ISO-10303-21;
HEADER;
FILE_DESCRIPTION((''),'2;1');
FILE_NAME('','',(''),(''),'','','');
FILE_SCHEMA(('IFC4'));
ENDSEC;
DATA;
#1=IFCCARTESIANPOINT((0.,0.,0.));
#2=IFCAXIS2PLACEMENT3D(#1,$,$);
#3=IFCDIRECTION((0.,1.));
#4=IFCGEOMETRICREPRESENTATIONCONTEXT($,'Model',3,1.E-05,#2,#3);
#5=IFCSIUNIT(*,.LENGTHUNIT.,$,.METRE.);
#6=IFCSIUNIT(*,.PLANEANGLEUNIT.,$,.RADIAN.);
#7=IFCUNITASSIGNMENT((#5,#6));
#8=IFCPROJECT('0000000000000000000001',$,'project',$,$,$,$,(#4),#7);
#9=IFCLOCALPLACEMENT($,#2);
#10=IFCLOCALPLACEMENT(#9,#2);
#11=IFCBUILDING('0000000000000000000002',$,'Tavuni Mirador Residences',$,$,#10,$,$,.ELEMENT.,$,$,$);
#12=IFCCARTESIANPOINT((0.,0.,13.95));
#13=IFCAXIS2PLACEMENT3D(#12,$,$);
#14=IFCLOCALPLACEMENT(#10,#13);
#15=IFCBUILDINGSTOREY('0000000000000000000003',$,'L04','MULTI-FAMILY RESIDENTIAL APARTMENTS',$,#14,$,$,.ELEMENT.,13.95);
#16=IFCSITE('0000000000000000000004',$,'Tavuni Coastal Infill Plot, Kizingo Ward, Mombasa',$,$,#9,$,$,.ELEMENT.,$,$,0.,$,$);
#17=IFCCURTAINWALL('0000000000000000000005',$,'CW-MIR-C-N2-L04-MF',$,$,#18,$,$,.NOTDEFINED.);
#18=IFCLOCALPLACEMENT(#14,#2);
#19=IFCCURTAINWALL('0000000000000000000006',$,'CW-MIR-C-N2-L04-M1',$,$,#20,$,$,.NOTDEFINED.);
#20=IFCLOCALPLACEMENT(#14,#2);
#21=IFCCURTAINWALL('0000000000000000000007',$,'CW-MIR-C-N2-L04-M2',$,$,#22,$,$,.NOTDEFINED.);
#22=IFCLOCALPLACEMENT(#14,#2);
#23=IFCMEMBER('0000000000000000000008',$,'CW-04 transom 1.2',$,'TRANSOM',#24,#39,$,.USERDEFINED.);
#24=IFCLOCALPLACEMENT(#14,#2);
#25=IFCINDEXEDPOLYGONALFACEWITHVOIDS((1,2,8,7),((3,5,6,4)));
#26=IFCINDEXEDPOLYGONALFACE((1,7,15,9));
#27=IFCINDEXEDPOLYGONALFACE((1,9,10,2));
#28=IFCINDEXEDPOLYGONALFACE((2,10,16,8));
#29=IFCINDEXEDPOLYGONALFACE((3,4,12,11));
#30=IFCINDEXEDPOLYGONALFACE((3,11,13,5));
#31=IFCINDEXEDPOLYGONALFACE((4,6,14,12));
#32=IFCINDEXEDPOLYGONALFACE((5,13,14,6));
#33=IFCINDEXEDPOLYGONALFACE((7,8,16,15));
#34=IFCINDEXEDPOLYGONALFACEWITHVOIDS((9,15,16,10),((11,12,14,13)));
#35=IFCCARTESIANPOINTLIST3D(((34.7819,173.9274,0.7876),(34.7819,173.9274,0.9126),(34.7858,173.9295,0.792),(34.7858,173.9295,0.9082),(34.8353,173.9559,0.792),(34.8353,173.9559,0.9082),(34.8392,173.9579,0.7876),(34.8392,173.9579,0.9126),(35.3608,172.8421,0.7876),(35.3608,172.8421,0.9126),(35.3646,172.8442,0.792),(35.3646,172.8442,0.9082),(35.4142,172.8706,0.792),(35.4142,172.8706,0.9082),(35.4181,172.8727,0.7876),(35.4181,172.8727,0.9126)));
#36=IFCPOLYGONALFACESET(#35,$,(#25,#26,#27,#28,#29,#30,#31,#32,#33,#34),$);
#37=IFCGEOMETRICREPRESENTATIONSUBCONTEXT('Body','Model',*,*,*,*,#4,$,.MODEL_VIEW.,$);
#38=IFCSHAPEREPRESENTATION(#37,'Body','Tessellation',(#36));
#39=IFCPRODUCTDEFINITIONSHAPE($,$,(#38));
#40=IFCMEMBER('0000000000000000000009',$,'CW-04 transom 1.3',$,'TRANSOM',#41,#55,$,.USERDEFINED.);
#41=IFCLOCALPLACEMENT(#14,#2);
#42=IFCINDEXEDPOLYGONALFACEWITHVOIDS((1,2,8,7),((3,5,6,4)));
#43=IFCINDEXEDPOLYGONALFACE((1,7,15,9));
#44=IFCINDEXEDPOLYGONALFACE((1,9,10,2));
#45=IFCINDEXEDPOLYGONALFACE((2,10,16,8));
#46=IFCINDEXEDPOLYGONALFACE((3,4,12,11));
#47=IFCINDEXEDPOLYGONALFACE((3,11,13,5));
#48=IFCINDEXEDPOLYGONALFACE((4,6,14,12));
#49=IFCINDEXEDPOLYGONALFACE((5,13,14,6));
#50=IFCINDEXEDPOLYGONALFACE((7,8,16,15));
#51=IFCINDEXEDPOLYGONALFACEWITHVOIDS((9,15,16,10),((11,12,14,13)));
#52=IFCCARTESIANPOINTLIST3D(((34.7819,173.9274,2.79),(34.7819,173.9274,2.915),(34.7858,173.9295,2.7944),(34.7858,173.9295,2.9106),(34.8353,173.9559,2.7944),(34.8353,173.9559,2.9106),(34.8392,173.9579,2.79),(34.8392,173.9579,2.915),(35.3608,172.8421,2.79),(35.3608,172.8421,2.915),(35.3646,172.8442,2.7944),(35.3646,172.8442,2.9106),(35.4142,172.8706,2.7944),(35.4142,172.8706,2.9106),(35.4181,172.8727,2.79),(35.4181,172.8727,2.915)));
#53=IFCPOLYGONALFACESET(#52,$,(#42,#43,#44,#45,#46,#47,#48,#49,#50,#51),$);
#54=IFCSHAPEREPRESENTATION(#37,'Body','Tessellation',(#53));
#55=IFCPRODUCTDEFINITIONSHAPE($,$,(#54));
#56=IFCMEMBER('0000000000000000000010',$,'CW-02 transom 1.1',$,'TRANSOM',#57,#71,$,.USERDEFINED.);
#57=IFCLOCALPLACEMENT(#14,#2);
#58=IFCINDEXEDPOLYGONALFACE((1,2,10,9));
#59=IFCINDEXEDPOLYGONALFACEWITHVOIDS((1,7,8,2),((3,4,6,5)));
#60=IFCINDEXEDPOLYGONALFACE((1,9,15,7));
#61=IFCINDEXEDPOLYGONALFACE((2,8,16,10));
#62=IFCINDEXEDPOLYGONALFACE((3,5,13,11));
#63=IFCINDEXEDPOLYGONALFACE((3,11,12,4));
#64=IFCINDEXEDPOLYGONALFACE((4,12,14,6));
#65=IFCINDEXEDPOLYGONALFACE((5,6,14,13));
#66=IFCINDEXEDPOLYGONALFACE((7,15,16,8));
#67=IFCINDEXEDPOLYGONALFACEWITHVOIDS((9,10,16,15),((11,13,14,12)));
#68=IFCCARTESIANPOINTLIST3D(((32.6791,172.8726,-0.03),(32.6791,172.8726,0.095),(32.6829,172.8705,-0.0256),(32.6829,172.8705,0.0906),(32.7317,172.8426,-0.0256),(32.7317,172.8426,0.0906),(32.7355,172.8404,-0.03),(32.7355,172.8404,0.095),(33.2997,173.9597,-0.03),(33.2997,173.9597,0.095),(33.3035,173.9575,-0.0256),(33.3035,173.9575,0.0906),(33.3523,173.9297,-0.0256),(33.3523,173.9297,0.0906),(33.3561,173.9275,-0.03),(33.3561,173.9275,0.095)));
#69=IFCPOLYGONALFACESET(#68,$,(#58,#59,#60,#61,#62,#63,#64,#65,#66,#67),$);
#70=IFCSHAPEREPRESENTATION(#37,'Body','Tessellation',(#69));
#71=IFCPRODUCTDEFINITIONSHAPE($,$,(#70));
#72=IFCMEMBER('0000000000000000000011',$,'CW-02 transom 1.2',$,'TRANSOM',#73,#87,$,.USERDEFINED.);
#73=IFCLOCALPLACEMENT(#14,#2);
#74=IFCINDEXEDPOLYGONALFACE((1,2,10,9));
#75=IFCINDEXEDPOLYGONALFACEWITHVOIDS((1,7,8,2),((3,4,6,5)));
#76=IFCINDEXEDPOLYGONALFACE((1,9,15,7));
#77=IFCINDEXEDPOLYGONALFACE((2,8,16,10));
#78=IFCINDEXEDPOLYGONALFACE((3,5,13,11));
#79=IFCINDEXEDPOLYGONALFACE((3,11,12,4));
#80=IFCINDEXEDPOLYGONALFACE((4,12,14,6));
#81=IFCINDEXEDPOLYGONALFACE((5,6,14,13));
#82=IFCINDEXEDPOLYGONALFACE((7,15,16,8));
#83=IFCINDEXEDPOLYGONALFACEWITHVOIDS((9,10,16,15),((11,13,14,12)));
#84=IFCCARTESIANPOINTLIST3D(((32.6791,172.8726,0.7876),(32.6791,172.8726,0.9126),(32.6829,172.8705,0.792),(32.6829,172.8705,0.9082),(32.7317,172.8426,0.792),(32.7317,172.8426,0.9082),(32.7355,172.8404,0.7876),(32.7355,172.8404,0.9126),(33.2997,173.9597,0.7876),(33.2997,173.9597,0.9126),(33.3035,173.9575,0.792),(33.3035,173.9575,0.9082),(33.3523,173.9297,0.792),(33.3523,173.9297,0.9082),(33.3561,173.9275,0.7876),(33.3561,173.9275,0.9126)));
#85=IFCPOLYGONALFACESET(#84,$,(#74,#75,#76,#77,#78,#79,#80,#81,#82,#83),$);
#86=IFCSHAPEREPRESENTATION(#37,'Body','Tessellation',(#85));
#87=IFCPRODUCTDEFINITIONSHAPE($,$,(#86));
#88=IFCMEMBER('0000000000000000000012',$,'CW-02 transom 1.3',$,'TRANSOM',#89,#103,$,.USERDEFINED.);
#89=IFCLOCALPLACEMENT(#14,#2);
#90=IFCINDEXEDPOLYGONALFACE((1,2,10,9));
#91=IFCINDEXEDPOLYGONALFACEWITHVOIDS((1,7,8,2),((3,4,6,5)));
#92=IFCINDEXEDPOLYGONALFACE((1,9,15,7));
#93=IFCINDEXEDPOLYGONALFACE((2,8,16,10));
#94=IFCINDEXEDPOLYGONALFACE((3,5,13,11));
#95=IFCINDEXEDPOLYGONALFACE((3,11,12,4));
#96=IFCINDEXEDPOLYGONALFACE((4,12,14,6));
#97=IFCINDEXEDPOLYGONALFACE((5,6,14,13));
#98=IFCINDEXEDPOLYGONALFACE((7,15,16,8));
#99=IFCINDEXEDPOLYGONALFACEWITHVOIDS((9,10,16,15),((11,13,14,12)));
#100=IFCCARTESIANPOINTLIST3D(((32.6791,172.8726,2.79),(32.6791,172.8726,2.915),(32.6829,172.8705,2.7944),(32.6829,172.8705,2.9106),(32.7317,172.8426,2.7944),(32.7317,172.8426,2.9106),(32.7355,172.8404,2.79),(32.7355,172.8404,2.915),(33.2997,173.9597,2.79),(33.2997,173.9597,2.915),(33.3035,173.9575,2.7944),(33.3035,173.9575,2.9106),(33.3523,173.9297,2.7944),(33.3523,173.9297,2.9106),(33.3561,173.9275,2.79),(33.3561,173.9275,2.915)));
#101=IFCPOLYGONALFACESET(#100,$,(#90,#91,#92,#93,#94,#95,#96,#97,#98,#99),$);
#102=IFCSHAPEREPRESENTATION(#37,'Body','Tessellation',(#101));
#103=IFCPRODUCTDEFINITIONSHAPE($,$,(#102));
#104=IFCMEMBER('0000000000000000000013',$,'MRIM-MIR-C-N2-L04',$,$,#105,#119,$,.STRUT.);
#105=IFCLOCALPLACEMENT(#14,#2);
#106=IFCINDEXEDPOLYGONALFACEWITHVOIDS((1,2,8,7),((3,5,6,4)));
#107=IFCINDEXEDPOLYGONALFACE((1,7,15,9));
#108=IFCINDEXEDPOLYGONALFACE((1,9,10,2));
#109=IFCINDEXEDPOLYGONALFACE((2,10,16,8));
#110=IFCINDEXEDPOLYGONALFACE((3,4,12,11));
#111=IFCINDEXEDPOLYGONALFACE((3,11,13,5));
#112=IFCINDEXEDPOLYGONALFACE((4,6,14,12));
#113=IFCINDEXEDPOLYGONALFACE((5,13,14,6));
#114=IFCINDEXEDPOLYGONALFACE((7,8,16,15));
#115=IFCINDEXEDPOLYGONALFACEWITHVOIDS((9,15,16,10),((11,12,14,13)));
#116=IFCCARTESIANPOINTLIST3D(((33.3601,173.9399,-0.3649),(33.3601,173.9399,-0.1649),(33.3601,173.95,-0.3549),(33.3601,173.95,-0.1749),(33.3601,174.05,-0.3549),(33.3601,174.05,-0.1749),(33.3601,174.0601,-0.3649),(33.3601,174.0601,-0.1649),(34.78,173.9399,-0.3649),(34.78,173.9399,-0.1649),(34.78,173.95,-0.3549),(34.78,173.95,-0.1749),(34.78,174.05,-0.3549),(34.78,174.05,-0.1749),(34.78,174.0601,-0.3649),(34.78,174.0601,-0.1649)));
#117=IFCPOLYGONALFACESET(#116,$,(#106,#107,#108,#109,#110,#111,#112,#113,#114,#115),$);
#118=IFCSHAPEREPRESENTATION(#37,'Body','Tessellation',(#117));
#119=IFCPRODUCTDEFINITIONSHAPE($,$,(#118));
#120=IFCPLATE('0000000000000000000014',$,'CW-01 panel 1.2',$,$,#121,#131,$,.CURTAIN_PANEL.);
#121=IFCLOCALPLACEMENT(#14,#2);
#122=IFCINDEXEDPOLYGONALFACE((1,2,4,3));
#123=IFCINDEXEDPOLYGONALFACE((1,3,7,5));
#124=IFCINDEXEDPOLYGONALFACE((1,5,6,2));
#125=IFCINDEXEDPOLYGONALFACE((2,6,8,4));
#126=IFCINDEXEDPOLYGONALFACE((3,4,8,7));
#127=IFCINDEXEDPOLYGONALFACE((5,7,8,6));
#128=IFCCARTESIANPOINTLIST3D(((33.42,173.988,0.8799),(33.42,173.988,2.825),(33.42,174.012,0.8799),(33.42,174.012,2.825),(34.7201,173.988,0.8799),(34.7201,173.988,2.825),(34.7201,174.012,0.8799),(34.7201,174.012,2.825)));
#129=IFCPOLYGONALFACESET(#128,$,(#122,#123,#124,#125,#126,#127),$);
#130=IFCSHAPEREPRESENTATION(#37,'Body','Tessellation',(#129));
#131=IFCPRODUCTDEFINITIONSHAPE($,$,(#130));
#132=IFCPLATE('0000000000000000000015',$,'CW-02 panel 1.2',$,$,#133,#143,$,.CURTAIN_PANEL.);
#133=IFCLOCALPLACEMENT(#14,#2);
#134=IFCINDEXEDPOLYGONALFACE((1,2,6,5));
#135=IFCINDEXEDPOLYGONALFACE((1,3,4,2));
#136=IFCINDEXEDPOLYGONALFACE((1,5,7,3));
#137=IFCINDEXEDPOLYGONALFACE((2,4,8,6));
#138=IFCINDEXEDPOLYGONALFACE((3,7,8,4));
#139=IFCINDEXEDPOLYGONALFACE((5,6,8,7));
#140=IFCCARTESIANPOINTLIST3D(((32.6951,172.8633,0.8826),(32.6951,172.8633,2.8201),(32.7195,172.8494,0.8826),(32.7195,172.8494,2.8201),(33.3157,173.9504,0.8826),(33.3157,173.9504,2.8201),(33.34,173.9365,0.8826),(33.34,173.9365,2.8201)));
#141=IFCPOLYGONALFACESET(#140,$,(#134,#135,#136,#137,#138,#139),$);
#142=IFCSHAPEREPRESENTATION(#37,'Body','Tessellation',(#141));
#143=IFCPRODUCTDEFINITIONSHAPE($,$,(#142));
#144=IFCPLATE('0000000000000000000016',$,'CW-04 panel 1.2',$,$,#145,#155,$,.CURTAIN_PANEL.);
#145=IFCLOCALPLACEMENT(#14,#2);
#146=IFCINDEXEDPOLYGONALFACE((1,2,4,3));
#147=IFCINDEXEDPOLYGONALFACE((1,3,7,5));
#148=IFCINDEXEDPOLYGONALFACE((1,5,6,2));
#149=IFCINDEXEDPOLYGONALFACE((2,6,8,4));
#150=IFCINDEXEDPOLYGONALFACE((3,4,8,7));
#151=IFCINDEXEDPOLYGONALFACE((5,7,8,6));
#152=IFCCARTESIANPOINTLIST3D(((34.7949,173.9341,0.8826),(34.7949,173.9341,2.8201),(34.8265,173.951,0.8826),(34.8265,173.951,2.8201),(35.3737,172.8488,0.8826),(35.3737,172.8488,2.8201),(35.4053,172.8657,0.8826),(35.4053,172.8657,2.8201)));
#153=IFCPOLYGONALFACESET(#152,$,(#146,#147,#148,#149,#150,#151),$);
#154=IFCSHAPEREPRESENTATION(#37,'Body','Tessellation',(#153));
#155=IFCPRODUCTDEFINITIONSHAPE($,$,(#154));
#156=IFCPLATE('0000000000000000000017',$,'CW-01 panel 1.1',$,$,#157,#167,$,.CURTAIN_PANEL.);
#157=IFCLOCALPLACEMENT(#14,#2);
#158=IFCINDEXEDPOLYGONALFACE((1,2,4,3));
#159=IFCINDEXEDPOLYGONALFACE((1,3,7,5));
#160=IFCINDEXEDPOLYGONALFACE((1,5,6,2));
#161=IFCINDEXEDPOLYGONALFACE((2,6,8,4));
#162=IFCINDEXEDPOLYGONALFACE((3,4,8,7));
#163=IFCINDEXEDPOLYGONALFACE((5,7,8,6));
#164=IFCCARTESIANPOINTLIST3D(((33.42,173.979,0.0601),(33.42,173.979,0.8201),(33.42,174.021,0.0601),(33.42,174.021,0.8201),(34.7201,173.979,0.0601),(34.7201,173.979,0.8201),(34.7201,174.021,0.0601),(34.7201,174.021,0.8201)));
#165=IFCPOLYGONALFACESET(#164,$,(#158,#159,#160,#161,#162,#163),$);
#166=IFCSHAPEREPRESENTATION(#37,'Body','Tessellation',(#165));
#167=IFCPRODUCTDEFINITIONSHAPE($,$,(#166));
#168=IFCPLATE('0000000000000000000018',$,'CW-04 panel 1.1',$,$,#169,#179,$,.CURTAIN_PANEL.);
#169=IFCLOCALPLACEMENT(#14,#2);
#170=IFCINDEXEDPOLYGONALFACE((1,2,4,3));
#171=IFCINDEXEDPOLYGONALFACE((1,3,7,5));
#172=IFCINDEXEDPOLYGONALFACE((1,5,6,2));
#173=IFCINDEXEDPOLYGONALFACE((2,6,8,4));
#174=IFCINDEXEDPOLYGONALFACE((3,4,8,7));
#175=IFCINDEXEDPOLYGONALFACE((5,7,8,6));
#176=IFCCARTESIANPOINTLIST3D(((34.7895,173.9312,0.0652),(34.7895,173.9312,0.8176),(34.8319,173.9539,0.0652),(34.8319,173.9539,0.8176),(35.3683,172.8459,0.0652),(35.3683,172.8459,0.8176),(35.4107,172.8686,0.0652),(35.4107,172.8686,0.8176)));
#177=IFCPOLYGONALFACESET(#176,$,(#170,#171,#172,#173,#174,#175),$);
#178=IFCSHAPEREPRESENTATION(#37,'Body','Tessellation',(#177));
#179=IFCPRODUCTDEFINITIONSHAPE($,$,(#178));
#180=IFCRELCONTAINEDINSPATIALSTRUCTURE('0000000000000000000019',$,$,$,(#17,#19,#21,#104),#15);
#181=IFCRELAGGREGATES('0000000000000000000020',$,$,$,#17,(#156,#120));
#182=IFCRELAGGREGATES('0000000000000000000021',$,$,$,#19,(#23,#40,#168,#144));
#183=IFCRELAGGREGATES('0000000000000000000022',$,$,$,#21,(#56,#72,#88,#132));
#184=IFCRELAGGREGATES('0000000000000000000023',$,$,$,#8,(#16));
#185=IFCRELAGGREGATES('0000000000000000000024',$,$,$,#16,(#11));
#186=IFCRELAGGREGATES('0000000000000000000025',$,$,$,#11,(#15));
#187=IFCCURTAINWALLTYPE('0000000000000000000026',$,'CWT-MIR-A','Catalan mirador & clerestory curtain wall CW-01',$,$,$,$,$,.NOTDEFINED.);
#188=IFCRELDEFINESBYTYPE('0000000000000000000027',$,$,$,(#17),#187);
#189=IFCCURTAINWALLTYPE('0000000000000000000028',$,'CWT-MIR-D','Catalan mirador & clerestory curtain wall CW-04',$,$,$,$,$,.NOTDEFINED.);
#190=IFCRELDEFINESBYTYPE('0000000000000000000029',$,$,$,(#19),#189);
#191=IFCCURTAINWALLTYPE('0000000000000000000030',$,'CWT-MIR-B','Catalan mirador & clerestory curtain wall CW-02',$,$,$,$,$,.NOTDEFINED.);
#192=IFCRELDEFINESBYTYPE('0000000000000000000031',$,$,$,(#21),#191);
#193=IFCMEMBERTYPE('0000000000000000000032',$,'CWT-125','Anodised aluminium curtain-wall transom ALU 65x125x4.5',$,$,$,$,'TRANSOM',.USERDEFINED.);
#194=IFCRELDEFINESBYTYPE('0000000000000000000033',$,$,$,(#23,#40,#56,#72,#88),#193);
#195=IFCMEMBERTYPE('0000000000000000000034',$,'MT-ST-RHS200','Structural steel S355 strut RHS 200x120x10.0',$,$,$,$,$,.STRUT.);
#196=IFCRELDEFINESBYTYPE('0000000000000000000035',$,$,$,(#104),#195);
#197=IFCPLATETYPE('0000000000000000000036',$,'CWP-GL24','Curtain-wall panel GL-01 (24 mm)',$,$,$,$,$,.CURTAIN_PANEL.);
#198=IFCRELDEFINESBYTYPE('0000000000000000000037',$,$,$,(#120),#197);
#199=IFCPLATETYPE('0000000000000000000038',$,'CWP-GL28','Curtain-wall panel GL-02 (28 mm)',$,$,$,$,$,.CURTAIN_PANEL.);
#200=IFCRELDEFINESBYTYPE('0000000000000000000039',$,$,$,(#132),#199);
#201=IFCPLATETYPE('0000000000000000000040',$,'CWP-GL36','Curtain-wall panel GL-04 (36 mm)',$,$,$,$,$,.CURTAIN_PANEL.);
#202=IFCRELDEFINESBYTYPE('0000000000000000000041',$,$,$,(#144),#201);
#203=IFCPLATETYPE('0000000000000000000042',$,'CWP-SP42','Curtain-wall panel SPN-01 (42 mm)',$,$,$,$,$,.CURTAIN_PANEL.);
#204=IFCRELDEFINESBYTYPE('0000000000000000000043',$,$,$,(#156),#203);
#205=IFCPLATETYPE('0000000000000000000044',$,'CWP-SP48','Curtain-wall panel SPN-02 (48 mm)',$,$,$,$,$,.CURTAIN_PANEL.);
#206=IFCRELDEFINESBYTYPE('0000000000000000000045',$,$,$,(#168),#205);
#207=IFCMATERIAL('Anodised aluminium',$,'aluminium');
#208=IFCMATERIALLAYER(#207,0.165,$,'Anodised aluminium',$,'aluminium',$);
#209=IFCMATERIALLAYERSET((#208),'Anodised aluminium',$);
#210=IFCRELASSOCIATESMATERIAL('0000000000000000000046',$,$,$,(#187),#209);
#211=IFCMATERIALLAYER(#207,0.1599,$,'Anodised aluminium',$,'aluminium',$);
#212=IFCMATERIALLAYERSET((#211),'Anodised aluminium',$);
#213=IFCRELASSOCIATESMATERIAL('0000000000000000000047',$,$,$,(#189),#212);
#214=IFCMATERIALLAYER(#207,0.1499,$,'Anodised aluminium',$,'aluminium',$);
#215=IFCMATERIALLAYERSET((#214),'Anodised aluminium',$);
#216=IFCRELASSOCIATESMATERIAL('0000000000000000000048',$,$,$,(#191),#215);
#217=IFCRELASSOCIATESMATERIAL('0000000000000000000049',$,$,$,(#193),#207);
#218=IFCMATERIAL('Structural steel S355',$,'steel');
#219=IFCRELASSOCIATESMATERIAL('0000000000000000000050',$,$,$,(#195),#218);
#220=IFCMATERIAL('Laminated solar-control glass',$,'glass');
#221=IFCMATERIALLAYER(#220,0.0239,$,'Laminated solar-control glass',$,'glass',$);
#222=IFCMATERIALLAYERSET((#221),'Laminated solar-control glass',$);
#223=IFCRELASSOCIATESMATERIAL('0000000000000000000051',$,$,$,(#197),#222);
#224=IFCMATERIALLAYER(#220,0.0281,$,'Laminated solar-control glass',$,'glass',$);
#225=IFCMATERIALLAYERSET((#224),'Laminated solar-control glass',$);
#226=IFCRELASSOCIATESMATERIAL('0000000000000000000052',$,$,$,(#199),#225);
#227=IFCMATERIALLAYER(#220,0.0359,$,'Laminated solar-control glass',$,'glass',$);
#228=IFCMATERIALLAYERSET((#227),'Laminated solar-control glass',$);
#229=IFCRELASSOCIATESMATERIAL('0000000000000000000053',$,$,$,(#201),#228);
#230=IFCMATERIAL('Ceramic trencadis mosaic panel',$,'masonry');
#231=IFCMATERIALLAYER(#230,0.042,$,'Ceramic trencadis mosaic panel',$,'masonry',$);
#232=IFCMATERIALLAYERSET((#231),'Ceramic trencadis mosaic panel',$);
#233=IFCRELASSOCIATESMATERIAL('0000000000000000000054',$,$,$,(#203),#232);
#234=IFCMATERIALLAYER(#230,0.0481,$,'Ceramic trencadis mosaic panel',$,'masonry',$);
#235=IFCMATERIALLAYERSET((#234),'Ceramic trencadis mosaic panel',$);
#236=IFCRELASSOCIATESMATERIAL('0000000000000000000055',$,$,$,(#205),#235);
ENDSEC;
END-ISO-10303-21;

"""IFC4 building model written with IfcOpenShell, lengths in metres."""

from ifc_helpers import new_model, si_unit, direction, frame, origin, origin_2d, place, context, subcontext, project, spatial, rectangle, hollow_rectangle, extrude, material, layer, layer_set, material_profile, profile_set, type_object, element, aggregate, save


model = new_model("IFC4")

# Units and contexts
model_context = context("Model", 3, precision=1e-05, world=origin(), true_north=direction((0.0, 1.0)))
body_context = subcontext(model_context, "Body", "Model", "MODEL_VIEW")
ifc_project = project(units=[si_unit("LENGTHUNIT", "METRE"), si_unit("PLANEANGLEUNIT", "RADIAN")], contexts=[model_context])

# Site, building, storey
site_placement = place(None, origin())
site = spatial("IfcSite", under=ifc_project, at=site_placement, Name="Tavuni Coastal Infill Plot, Kizingo Ward, Mombasa", CompositionType="ELEMENT", RefElevation=0.0)
building_placement = place(site_placement, origin())
building = spatial("IfcBuilding", under=site, at=building_placement, Name="Tavuni Mirador Residences", CompositionType="ELEMENT")
storey_placement = place(building_placement, frame((0.0, 0.0, 13.95)))
storey = spatial("IfcBuildingStorey", under=building, at=storey_placement, Name="L04", Description="MULTI-FAMILY RESIDENTIAL APARTMENTS", CompositionType="ELEMENT", Elevation=13.95)

# Curtain walls
ifc_material_1 = material(Name="Anodised aluminium", Category="aluminium")
ifc_layer_1 = layer(ifc_material_1, 0.165, Name="Anodised aluminium", Category="aluminium")
ifc_layer_set_1 = layer_set([ifc_layer_1], Name="Anodised aluminium")
curtain_wall_type_1 = type_object("IfcCurtainWallType", Name="CWT-MIR-A", Description="Catalan mirador & clerestory curtain wall CW-01", PredefinedType="NOTDEFINED", material=ifc_layer_set_1)
curtain_wall_1_placement = place(storey_placement, origin())
curtain_wall_1 = element("IfcCurtainWall", 1, at=curtain_wall_1_placement, inside=storey, type_object=curtain_wall_type_1, Name="CW-MIR-C-N2-L04-MF", PredefinedType="NOTDEFINED")
ifc_layer_2 = layer(ifc_material_1, 0.1599, Name="Anodised aluminium", Category="aluminium")
ifc_layer_set_2 = layer_set([ifc_layer_2], Name="Anodised aluminium")
curtain_wall_type_2 = type_object("IfcCurtainWallType", Name="CWT-MIR-D", Description="Catalan mirador & clerestory curtain wall CW-04", PredefinedType="NOTDEFINED", material=ifc_layer_set_2)
curtain_wall_2_placement = place(storey_placement, origin())
curtain_wall_2 = element("IfcCurtainWall", 2, at=curtain_wall_2_placement, inside=storey, type_object=curtain_wall_type_2, Name="CW-MIR-C-N2-L04-M1", PredefinedType="NOTDEFINED")
ifc_layer_3 = layer(ifc_material_1, 0.1499, Name="Anodised aluminium", Category="aluminium")
ifc_layer_set_3 = layer_set([ifc_layer_3], Name="Anodised aluminium")
curtain_wall_type_3 = type_object("IfcCurtainWallType", Name="CWT-MIR-B", Description="Catalan mirador & clerestory curtain wall CW-02", PredefinedType="NOTDEFINED", material=ifc_layer_set_3)
curtain_wall_3_placement = place(storey_placement, origin())
curtain_wall_3 = element("IfcCurtainWall", 3, at=curtain_wall_3_placement, inside=storey, type_object=curtain_wall_type_3, Name="CW-MIR-C-N2-L04-M2", PredefinedType="NOTDEFINED")

# Members
ifc_material_profile_1 = material_profile(ifc_material_1, hollow_rectangle(XDim=0.0649, YDim=0.125, WallThickness=0.0044, at=origin_2d()), Name="ALU 65x125x4.5", Category="aluminium")
ifc_profile_set_1 = profile_set([ifc_material_profile_1], Name="Anodised aluminium")
member_type_1 = type_object("IfcMemberType", Name="CWT-125", Description="Anodised aluminium curtain-wall transom ALU 65x125x4.5", ElementType="TRANSOM", PredefinedType="USERDEFINED", material=ifc_profile_set_1)
member_1_placement = place(storey_placement, frame((35.3894, 172.8574, 0.8501), z_axis=(-0.47064, 0.882325, 0.0), x_axis=(-0.882325, -0.47064, 0.0)))
member_1 = element("IfcMember", 4, at=member_1_placement, type_object=member_type_1, Name="CW-04 transom 1.2", ObjectType="TRANSOM", PredefinedType="USERDEFINED", context=body_context, shape_type="SweptSolid", body=[
    extrude(hollow_rectangle(XDim=0.0649, YDim=0.125, WallThickness=0.0044, at=origin_2d()), origin(), (0.0, 0.0, 1.0), 1.23),
])
member_2_placement = place(storey_placement, frame((35.3894, 172.8574, 2.8525), z_axis=(-0.47064, 0.882325, 0.0), x_axis=(-0.882325, -0.47064, 0.0)))
member_2 = element("IfcMember", 5, at=member_2_placement, type_object=member_type_1, Name="CW-04 transom 1.3", ObjectType="TRANSOM", PredefinedType="USERDEFINED", context=body_context, shape_type="SweptSolid", body=[
    extrude(hollow_rectangle(XDim=0.0649, YDim=0.125, WallThickness=0.0044, at=origin_2d()), origin(), (0.0, 0.0, 1.0), 1.23),
])
member_3_placement = place(storey_placement, frame((33.3279, 173.9436, 0.0325), z_axis=(-0.495761, -0.868459, 0.0), x_axis=(0.868459, -0.495761, 0.0)))
member_3 = element("IfcMember", 6, at=member_3_placement, type_object=member_type_1, Name="CW-02 transom 1.1", ObjectType="TRANSOM", PredefinedType="USERDEFINED", context=body_context, shape_type="SweptSolid", body=[
    extrude(hollow_rectangle(XDim=0.0649, YDim=0.125, WallThickness=0.0044, at=origin_2d()), origin(), (0.0, 0.0, 1.0), 1.2517),
])
member_4_placement = place(storey_placement, frame((33.3279, 173.9436, 0.8501), z_axis=(-0.495761, -0.868459, 0.0), x_axis=(0.868459, -0.495761, 0.0)))
member_4 = element("IfcMember", 7, at=member_4_placement, type_object=member_type_1, Name="CW-02 transom 1.2", ObjectType="TRANSOM", PredefinedType="USERDEFINED", context=body_context, shape_type="SweptSolid", body=[
    extrude(hollow_rectangle(XDim=0.0649, YDim=0.125, WallThickness=0.0044, at=origin_2d()), origin(), (0.0, 0.0, 1.0), 1.2517),
])
member_5_placement = place(storey_placement, frame((33.3279, 173.9436, 2.8525), z_axis=(-0.495761, -0.868459, 0.0), x_axis=(0.868459, -0.495761, 0.0)))
member_5 = element("IfcMember", 8, at=member_5_placement, type_object=member_type_1, Name="CW-02 transom 1.3", ObjectType="TRANSOM", PredefinedType="USERDEFINED", context=body_context, shape_type="SweptSolid", body=[
    extrude(hollow_rectangle(XDim=0.0649, YDim=0.125, WallThickness=0.0044, at=origin_2d()), origin(), (0.0, 0.0, 1.0), 1.2517),
])
ifc_material_2 = material(Name="Structural steel S355", Category="steel")
ifc_material_profile_2 = material_profile(ifc_material_2, hollow_rectangle(XDim=0.1201, YDim=0.2, WallThickness=0.01, at=origin_2d()), Name="RHS 200x120x10.0", Category="steel")
ifc_profile_set_2 = profile_set([ifc_material_profile_2], Name="Structural steel S355")
member_type_2 = type_object("IfcMemberType", Name="MT-ST-RHS200", Description="Structural steel S355 strut RHS 200x120x10.0", PredefinedType="STRUT", material=ifc_profile_set_2)
member_6_placement = place(storey_placement, frame((33.3601, 174.0, -0.2649), z_axis=(1.0, 0.0, 0.0), x_axis=(0.0, 1.0, 0.0)))
element("IfcMember", 9, at=member_6_placement, inside=storey, type_object=member_type_2, Name="MRIM-MIR-C-N2-L04", PredefinedType="STRUT", context=body_context, shape_type="SweptSolid", body=[
    extrude(hollow_rectangle(XDim=0.1201, YDim=0.2, WallThickness=0.01, at=origin_2d()), origin(), (0.0, 0.0, 1.0), 1.4199),
])

# Plates
ifc_material_3 = material(Name="Laminated solar-control glass", Category="glass")
ifc_layer_4 = layer(ifc_material_3, 0.0239, Name="Laminated solar-control glass", Category="glass")
ifc_layer_set_4 = layer_set([ifc_layer_4], Name="Laminated solar-control glass")
plate_type_1 = type_object("IfcPlateType", Name="CWP-GL24", Description="Curtain-wall panel GL-01 (24 mm)", PredefinedType="CURTAIN_PANEL", material=ifc_layer_set_4)
plate_1_placement = place(storey_placement, frame((34.0701, 174.0, 0.8799), z_axis=(0.0, 0.0, 1.0), x_axis=(-1.0, 0.0, 0.0)))
plate_1 = element("IfcPlate", 10, at=plate_1_placement, type_object=plate_type_1, Name="CW-01 panel 1.2", PredefinedType="CURTAIN_PANEL", context=body_context, shape_type="SweptSolid", body=[
    extrude(rectangle(XDim=1.3, YDim=0.0239, at=origin_2d()), origin(), (0.0, 0.0, 1.0), 1.9451),
])
ifc_layer_5 = layer(ifc_material_3, 0.0281, Name="Laminated solar-control glass", Category="glass")
ifc_layer_set_5 = layer_set([ifc_layer_5], Name="Laminated solar-control glass")
plate_type_2 = type_object("IfcPlateType", Name="CWP-GL28", Description="Curtain-wall panel GL-02 (28 mm)", PredefinedType="CURTAIN_PANEL", material=ifc_layer_set_5)
plate_2_placement = place(storey_placement, frame((33.0176, 173.3999, 0.8826), z_axis=(0.0, 0.0, 1.0), x_axis=(-0.495749, -0.868466, 0.0)))
plate_2 = element("IfcPlate", 11, at=plate_2_placement, type_object=plate_type_2, Name="CW-02 panel 1.2", PredefinedType="CURTAIN_PANEL", context=body_context, shape_type="SweptSolid", body=[
    extrude(rectangle(XDim=1.2517, YDim=0.0281, at=origin_2d()), origin(), (0.0, 0.0, 1.0), 1.9375),
])
ifc_layer_6 = layer(ifc_material_3, 0.0359, Name="Laminated solar-control glass", Category="glass")
ifc_layer_set_6 = layer_set([ifc_layer_6], Name="Laminated solar-control glass")
plate_type_3 = type_object("IfcPlateType", Name="CWP-GL36", Description="Curtain-wall panel GL-04 (36 mm)", PredefinedType="CURTAIN_PANEL", material=ifc_layer_set_6)
plate_3_placement = place(storey_placement, frame((35.1001, 173.3999, 0.8826), z_axis=(0.0, 0.0, 1.0), x_axis=(-0.470588, 0.882353, 0.0)))
plate_3 = element("IfcPlate", 12, at=plate_3_placement, type_object=plate_type_3, Name="CW-04 panel 1.2", PredefinedType="CURTAIN_PANEL", context=body_context, shape_type="SweptSolid", body=[
    extrude(rectangle(XDim=1.23, YDim=0.0359, at=origin_2d()), origin(), (0.0, 0.0, 1.0), 1.9375),
])
ifc_material_4 = material(Name="Ceramic trencadis mosaic panel", Category="masonry")
ifc_layer_7 = layer(ifc_material_4, 0.042, Name="Ceramic trencadis mosaic panel", Category="masonry")
ifc_layer_set_7 = layer_set([ifc_layer_7], Name="Ceramic trencadis mosaic panel")
plate_type_4 = type_object("IfcPlateType", Name="CWP-SP42", Description="Curtain-wall panel SPN-01 (42 mm)", PredefinedType="CURTAIN_PANEL", material=ifc_layer_set_7)
plate_4_placement = place(storey_placement, frame((34.0701, 174.0, 0.0601), z_axis=(0.0, 0.0, 1.0), x_axis=(-1.0, 0.0, 0.0)))
plate_4 = element("IfcPlate", 13, at=plate_4_placement, type_object=plate_type_4, Name="CW-01 panel 1.1", PredefinedType="CURTAIN_PANEL", context=body_context, shape_type="SweptSolid", body=[
    extrude(rectangle(XDim=1.3, YDim=0.042, at=origin_2d()), origin(), (0.0, 0.0, 1.0), 0.76),
])
aggregate(curtain_wall_1, [plate_4, plate_1])
ifc_layer_8 = layer(ifc_material_4, 0.0481, Name="Ceramic trencadis mosaic panel", Category="masonry")
ifc_layer_set_8 = layer_set([ifc_layer_8], Name="Ceramic trencadis mosaic panel")
plate_type_5 = type_object("IfcPlateType", Name="CWP-SP48", Description="Curtain-wall panel SPN-02 (48 mm)", PredefinedType="CURTAIN_PANEL", material=ifc_layer_set_8)
plate_5_placement = place(storey_placement, frame((35.1001, 173.3999, 0.0652), z_axis=(0.0, 0.0, 1.0), x_axis=(-0.470588, 0.882353, 0.0)))
plate_5 = element("IfcPlate", 14, at=plate_5_placement, type_object=plate_type_5, Name="CW-04 panel 1.1", PredefinedType="CURTAIN_PANEL", context=body_context, shape_type="SweptSolid", body=[
    extrude(rectangle(XDim=1.23, YDim=0.0481, at=origin_2d()), origin(), (0.0, 0.0, 1.0), 0.7524),
])
aggregate(curtain_wall_2, [member_1, member_2, plate_5, plate_3])
aggregate(curtain_wall_3, [member_3, member_4, member_5, plate_2])

save(model, "model.ifc")
